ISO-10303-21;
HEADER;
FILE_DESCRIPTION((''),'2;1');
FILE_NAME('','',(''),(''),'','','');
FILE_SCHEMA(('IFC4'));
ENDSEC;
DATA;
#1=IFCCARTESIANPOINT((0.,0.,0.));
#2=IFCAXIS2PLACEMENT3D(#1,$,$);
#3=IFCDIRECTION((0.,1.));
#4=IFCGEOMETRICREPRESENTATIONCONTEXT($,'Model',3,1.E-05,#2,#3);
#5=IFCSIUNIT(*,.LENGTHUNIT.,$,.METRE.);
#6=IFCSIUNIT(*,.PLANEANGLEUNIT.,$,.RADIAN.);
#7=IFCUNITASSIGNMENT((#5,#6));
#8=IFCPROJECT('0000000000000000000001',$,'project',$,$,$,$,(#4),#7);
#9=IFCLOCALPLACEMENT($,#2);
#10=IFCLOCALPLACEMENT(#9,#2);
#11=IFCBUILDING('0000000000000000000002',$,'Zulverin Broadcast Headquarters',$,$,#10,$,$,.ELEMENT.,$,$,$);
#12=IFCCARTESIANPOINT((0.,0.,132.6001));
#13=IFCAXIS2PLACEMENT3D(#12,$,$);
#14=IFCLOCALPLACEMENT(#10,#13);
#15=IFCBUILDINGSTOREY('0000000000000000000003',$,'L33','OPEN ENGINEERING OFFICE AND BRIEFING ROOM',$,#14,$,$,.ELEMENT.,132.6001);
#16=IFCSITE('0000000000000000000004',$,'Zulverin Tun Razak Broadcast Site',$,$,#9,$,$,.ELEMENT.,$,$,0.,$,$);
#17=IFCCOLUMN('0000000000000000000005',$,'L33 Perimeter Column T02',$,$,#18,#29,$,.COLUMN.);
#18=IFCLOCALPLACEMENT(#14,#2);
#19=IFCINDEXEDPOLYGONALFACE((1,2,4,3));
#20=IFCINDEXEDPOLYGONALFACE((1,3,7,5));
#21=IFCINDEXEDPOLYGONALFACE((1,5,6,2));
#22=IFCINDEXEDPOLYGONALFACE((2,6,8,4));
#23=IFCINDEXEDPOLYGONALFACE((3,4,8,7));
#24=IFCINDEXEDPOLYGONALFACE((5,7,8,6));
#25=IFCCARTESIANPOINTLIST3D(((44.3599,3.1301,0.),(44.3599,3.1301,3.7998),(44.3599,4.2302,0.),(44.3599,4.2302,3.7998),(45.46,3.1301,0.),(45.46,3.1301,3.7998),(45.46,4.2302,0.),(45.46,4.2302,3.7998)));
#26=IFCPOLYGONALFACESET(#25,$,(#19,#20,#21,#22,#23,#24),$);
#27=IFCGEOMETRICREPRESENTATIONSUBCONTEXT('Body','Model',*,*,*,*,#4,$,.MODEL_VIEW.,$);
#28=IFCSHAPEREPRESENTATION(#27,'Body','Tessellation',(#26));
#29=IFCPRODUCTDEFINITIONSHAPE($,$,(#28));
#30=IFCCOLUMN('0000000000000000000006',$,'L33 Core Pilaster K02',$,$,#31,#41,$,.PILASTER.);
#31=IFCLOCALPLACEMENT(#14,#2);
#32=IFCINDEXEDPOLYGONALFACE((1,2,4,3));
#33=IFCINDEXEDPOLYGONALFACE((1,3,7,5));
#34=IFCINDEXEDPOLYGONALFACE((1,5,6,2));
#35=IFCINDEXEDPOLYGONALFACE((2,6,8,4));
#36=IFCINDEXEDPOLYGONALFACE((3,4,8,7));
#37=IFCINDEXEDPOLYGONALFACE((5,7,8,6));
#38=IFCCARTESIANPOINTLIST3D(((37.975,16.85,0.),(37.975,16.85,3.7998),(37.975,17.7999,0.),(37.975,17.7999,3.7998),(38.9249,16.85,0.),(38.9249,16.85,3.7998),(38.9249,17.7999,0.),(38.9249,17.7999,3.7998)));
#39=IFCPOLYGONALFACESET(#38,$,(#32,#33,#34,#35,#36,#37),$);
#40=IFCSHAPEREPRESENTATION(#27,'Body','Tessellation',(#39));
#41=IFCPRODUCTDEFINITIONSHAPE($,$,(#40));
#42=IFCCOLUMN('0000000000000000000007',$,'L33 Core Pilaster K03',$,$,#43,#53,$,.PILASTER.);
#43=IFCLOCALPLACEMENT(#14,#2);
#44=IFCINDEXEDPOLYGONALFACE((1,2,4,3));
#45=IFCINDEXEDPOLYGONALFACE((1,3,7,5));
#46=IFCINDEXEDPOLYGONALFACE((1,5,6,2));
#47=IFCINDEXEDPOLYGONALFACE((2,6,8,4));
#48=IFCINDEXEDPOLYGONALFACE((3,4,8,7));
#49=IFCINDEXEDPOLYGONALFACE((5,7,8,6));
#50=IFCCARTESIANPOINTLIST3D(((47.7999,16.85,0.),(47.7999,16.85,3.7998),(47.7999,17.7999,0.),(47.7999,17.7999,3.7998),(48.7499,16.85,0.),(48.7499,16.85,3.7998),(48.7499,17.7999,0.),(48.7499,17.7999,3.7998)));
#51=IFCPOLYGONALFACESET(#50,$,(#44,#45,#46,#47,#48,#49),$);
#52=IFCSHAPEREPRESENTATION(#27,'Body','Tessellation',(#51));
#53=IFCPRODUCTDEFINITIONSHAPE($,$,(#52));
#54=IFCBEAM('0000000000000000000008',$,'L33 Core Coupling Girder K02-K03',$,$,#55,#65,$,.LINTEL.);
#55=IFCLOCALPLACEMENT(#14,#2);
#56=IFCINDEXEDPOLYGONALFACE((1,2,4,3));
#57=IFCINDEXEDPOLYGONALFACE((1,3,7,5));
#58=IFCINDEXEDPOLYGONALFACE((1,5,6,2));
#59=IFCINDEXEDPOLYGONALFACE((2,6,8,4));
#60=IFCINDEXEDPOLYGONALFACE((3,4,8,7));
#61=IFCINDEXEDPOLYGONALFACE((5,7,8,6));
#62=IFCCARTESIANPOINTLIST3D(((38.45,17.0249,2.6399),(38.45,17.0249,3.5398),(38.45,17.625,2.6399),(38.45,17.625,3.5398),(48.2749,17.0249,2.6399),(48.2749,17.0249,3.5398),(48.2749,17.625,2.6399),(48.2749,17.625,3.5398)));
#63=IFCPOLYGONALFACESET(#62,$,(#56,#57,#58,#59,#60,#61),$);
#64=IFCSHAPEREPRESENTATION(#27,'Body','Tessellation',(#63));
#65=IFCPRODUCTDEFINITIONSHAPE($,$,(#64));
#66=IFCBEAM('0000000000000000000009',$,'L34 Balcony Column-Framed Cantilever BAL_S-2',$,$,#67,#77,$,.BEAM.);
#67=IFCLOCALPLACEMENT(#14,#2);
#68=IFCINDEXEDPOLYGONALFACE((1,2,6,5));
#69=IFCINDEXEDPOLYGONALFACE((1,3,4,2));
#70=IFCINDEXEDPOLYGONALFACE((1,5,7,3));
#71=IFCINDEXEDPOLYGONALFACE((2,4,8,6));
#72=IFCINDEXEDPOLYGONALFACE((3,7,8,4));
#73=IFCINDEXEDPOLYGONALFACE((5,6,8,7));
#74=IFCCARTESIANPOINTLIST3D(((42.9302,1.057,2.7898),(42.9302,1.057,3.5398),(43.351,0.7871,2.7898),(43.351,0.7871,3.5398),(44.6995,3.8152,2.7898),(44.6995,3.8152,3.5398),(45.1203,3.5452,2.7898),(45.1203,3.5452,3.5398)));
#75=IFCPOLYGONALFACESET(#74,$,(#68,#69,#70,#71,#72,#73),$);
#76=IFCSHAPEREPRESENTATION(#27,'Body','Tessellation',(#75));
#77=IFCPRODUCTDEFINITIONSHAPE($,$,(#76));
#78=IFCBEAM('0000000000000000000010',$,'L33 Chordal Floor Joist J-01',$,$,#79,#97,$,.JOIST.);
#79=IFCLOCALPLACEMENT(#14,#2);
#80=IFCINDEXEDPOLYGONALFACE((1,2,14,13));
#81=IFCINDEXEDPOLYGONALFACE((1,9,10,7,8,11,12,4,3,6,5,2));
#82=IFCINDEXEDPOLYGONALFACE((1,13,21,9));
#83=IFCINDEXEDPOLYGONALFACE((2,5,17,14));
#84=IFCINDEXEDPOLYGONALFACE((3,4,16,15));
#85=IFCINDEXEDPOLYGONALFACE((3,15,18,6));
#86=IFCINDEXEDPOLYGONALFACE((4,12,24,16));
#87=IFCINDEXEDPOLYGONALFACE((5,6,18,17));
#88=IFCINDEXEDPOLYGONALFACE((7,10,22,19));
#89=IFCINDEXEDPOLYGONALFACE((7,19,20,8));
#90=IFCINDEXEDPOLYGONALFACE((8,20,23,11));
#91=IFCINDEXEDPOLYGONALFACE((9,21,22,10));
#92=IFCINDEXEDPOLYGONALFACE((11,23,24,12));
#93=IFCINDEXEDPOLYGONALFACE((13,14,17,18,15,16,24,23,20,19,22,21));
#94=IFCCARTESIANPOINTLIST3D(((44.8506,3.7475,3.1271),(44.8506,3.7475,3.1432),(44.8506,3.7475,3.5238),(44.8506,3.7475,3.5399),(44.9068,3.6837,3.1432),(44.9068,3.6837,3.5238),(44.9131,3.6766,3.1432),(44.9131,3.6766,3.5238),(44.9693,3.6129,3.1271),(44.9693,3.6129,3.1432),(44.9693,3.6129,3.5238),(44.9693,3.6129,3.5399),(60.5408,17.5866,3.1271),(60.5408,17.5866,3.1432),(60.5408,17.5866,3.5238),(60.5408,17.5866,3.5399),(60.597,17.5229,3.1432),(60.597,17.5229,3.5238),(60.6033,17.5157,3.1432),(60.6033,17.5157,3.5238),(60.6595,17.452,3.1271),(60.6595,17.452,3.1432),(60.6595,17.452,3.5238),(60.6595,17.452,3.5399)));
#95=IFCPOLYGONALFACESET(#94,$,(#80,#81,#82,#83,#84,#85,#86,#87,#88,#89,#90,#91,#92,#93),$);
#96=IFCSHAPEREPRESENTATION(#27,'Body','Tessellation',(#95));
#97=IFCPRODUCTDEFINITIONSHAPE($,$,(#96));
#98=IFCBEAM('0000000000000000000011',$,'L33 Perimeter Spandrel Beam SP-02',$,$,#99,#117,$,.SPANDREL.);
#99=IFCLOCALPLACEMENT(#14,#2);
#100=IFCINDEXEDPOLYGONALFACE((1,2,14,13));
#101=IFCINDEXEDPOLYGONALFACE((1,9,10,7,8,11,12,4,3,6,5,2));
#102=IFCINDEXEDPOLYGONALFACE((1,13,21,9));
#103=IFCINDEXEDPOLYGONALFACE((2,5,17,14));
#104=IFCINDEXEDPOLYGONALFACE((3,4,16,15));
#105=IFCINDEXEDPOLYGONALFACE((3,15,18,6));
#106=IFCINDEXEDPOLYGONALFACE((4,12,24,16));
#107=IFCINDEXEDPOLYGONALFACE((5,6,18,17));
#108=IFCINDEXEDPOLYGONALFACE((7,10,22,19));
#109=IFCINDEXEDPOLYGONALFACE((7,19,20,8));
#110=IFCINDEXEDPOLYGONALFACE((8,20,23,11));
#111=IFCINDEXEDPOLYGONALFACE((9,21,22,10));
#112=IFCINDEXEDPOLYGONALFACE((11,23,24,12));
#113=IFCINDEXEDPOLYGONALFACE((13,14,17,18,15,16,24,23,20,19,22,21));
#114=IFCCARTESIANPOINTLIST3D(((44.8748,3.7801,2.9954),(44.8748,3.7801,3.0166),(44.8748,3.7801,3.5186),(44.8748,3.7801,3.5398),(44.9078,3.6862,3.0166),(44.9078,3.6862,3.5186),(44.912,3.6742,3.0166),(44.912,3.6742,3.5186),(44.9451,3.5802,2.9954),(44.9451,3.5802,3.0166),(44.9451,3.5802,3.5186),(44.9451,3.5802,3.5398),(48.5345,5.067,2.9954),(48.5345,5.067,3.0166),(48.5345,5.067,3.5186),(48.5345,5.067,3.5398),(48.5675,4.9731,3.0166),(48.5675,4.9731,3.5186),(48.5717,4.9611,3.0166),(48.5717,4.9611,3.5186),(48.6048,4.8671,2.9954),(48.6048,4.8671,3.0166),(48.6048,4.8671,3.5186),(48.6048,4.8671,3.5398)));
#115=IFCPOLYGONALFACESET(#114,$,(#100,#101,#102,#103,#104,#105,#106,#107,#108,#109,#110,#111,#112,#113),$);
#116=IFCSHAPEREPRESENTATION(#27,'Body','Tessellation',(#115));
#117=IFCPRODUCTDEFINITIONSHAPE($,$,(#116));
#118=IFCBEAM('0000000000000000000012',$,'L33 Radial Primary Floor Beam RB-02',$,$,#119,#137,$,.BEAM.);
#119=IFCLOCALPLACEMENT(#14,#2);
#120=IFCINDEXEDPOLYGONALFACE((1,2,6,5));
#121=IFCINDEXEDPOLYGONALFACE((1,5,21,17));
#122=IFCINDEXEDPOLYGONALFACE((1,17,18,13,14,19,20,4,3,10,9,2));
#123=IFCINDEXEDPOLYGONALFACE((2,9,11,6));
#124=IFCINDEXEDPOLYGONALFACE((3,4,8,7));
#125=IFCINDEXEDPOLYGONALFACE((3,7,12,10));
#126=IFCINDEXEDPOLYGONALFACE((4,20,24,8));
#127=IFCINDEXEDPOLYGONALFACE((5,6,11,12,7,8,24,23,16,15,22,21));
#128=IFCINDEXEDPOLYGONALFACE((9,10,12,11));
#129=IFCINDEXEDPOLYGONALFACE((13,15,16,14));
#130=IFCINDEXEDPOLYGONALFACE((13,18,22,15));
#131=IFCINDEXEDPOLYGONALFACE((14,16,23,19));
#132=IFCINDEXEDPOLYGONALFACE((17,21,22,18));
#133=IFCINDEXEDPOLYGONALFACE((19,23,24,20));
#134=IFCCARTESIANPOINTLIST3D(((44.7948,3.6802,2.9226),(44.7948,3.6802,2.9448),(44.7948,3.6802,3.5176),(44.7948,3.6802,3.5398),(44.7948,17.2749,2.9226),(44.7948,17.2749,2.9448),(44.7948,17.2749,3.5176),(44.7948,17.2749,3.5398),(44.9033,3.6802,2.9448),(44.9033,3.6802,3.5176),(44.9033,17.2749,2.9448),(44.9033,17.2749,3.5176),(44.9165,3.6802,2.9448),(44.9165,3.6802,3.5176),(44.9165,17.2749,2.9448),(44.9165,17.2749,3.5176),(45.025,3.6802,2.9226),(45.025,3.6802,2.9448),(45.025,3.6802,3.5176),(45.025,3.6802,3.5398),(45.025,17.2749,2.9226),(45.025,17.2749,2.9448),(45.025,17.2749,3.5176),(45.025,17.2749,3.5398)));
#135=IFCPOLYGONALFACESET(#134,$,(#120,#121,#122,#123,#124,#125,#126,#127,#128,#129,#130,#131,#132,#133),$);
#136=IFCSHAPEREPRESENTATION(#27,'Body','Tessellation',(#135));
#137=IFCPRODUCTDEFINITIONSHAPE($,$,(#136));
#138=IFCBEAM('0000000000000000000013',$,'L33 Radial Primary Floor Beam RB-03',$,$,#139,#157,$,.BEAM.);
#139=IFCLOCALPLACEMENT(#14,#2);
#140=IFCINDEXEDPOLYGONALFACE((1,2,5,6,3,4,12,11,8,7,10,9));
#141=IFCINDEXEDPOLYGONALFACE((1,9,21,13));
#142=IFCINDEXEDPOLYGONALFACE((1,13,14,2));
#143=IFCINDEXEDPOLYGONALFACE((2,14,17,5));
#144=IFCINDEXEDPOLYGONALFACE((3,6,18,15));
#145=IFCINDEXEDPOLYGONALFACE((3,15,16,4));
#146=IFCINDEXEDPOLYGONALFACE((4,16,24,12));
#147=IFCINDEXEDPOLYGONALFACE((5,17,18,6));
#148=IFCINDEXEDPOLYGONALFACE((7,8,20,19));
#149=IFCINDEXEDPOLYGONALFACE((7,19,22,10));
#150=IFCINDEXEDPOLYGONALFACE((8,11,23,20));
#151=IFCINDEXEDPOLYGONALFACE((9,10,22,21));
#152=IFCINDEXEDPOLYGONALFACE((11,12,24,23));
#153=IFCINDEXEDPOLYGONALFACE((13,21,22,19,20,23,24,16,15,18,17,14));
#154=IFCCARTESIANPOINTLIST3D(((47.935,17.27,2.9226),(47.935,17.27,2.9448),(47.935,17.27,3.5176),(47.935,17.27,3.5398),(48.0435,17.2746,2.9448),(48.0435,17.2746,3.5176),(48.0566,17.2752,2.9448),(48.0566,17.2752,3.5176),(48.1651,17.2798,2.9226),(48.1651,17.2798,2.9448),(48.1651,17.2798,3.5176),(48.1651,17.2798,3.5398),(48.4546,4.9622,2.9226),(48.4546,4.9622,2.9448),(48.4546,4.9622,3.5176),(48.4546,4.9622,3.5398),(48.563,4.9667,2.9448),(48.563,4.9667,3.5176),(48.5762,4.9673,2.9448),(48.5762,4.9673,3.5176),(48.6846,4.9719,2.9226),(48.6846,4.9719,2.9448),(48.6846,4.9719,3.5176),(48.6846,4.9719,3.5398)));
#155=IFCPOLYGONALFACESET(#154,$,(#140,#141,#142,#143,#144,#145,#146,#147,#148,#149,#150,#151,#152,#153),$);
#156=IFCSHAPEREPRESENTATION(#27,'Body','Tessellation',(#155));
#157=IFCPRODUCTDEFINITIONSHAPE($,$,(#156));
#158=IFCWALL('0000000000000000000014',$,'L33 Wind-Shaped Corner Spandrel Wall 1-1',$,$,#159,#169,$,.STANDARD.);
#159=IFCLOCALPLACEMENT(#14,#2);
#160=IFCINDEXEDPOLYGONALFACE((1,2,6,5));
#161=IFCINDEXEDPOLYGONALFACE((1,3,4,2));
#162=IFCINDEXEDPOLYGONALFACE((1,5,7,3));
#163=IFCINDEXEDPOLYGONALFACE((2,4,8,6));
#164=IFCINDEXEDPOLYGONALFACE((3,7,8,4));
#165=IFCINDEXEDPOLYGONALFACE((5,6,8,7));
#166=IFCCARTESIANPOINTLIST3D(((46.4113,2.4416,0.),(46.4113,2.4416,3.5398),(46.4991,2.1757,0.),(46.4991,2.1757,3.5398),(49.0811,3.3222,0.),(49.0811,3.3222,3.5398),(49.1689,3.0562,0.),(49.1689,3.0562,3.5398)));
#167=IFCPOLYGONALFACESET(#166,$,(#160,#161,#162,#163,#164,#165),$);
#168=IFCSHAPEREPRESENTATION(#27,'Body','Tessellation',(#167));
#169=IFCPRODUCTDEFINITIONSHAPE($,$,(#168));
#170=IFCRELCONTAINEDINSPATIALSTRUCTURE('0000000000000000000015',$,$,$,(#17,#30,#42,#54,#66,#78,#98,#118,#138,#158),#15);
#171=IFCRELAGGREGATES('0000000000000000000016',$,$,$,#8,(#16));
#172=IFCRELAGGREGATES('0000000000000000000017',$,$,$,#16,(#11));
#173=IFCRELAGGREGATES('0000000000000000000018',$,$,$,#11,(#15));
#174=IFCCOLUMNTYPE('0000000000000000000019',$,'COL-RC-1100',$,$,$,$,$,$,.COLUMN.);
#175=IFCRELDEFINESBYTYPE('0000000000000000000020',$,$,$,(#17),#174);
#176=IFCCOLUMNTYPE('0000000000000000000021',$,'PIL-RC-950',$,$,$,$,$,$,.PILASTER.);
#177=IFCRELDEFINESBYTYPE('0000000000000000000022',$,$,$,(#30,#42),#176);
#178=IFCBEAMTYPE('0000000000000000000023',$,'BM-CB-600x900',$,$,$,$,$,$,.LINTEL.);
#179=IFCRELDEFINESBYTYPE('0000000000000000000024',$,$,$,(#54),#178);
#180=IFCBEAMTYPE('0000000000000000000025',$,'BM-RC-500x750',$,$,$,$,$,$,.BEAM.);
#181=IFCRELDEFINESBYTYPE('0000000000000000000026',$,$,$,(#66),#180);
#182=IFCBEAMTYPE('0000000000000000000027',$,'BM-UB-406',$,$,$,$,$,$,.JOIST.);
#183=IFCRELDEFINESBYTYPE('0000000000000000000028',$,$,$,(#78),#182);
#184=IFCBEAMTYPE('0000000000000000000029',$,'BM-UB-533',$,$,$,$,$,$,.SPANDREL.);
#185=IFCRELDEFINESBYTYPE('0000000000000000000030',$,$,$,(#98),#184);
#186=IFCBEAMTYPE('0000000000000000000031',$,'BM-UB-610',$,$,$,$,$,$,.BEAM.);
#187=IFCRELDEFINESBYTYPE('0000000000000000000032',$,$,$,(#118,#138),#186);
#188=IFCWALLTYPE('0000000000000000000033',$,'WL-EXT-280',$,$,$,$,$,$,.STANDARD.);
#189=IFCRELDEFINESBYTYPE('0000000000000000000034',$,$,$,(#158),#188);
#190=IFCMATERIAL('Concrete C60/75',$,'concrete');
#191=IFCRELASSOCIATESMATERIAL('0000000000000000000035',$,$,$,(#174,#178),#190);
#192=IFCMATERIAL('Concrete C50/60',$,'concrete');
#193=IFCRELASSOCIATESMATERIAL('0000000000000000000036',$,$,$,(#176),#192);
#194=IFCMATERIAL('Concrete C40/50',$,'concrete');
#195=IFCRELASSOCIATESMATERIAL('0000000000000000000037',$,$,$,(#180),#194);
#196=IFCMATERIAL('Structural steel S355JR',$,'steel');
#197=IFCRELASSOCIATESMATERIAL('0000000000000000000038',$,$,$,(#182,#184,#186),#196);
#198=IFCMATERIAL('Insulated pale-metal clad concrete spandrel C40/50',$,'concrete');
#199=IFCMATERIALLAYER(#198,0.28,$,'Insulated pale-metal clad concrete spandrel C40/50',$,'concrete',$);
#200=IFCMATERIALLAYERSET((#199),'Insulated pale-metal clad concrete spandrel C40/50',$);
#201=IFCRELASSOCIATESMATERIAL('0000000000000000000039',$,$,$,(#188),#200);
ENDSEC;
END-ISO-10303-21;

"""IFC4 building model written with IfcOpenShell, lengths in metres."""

from ifc_helpers import new_model, si_unit, direction, frame, frame_2d, origin, origin_2d, place, context, subcontext, project, spatial, rectangle, i_section, extrude, material, layer, layer_set, material_profile, profile_set, type_object, element, save


model = new_model("IFC4")

# Units and contexts
model_context = context("Model", 3, precision=1e-05, world=origin(), true_north=direction((0.0, 1.0)))
body_context = subcontext(model_context, "Body", "Model", "MODEL_VIEW")
ifc_project = project(units=[si_unit("LENGTHUNIT", "METRE"), si_unit("PLANEANGLEUNIT", "RADIAN")], contexts=[model_context])

# Site, building, storey
site_placement = place(None, origin())
site = spatial("IfcSite", under=ifc_project, at=site_placement, Name="Zulverin Tun Razak Broadcast Site", CompositionType="ELEMENT", RefElevation=0.0)
building_placement = place(site_placement, origin())
building = spatial("IfcBuilding", under=site, at=building_placement, Name="Zulverin Broadcast Headquarters", CompositionType="ELEMENT")
storey_placement = place(building_placement, frame((0.0, 0.0, 132.6001)))
storey = spatial("IfcBuildingStorey", under=building, at=storey_placement, Name="L33", Description="OPEN ENGINEERING OFFICE AND BRIEFING ROOM", CompositionType="ELEMENT", Elevation=132.6001)

# Columns
ifc_material_1 = material(Name="Concrete C60/75", Category="concrete")
ifc_material_profile_1 = material_profile(ifc_material_1, rectangle(XDim=1.1001, YDim=1.1001, at=origin_2d()), Name="Concrete C60/75", Category="concrete")
ifc_profile_set_1 = profile_set([ifc_material_profile_1], Name="Concrete C60/75")
column_type_1 = type_object("IfcColumnType", Name="COL-RC-1100", PredefinedType="COLUMN", material=ifc_profile_set_1)
column_placement = place(storey_placement, frame((44.9099, 3.6802, 0.0), z_axis=(0.0, 0.0, 1.0), x_axis=(1.0, 0.0, 0.0)))
element("IfcColumn", 1, at=column_placement, inside=storey, type_object=column_type_1, Name="L33 Perimeter Column T02", PredefinedType="COLUMN", context=body_context, shape_type="SweptSolid", body=[
    extrude(rectangle(XDim=1.1001, YDim=1.1001, at=origin_2d()), origin(), (0.0, 0.0, 1.0), 3.7998),
])
ifc_material_2 = material(Name="Concrete C50/60", Category="concrete")
ifc_material_profile_2 = material_profile(ifc_material_2, rectangle(XDim=0.95, YDim=0.95, at=origin_2d()), Name="Concrete C50/60", Category="concrete")
ifc_profile_set_2 = profile_set([ifc_material_profile_2], Name="Concrete C50/60")
column_type_2 = type_object("IfcColumnType", Name="PIL-RC-950", PredefinedType="PILASTER", material=ifc_profile_set_2)
for number, where, z_axis, x_axis, name in (
    (2, (38.45, 17.325, 0.0), (0.0, 0.0, 1.0), (1.0, 0.0, 0.0), "L33 Core Pilaster K02"),
    (3, (48.2749, 17.325, 0.0), (0.0, 0.0, 1.0), (1.0, 0.0, 0.0), "L33 Core Pilaster K03"),
):
    element("IfcColumn", number, at=place(storey_placement, frame(where, z_axis=z_axis, x_axis=x_axis)), inside=storey, type_object=column_type_2, Name=name, PredefinedType="PILASTER", context=body_context, shape_type="SweptSolid", body=[
        extrude(rectangle(XDim=0.95, YDim=0.95, at=origin_2d()), origin(), (0.0, 0.0, 1.0), 3.7998),
    ])

# Beams
ifc_material_profile_3 = material_profile(ifc_material_1, rectangle(XDim=0.6001, YDim=0.8999, at=origin_2d()), Name="Concrete C60/75", Category="concrete")
ifc_profile_set_3 = profile_set([ifc_material_profile_3], Name="Concrete C60/75")
beam_type_1 = type_object("IfcBeamType", Name="BM-CB-600x900", PredefinedType="LINTEL", material=ifc_profile_set_3)
beam_1_placement = place(storey_placement, frame((38.45, 17.325, 3.0898), z_axis=(1.0, 0.0, 0.0), x_axis=(0.0, 1.0, 0.0)))
element("IfcBeam", 4, at=beam_1_placement, inside=storey, type_object=beam_type_1, Name="L33 Core Coupling Girder K02-K03", PredefinedType="LINTEL", context=body_context, shape_type="SweptSolid", body=[
    extrude(rectangle(XDim=0.6001, YDim=0.8999, at=origin_2d()), origin(), (0.0, 0.0, 1.0), 9.825),
])
ifc_material_3 = material(Name="Concrete C40/50", Category="concrete")
ifc_material_profile_4 = material_profile(ifc_material_3, rectangle(XDim=0.5, YDim=0.75, at=origin_2d()), Name="Concrete C40/50", Category="concrete")
ifc_profile_set_4 = profile_set([ifc_material_profile_4], Name="Concrete C40/50")
beam_type_2 = type_object("IfcBeamType", Name="BM-RC-500x750", PredefinedType="BEAM", material=ifc_profile_set_4)
beam_2_placement = place(storey_placement, frame((44.9099, 3.6802, 3.1648), z_axis=(-0.539948, -0.841699, 0.0), x_axis=(0.841699, -0.539948, 0.0)))
element("IfcBeam", 5, at=beam_2_placement, inside=storey, type_object=beam_type_2, Name="L34 Balcony Column-Framed Cantilever BAL_S-2", PredefinedType="BEAM", context=body_context, shape_type="SweptSolid", body=[
    extrude(rectangle(XDim=0.5, YDim=0.75, at=origin_2d()), origin(), (0.0, 0.0, 1.0), 3.2769),
])
ifc_material_4 = material(Name="Structural steel S355JR", Category="steel")
ifc_material_profile_5 = material_profile(ifc_material_4, i_section(OverallWidth=0.1794, OverallDepth=0.4128, WebThickness=0.0095, FlangeThickness=0.0161, at=origin_2d()), Name="Structural steel S355JR", Category="steel")
ifc_profile_set_5 = profile_set([ifc_material_profile_5], Name="Structural steel S355JR")
beam_type_3 = type_object("IfcBeamType", Name="BM-UB-406", PredefinedType="JOIST", material=ifc_profile_set_5)
beam_3_placement = place(storey_placement, frame((44.9099, 3.6802, 3.3335), z_axis=(0.74996, 0.661483, 0.0), x_axis=(-0.661483, 0.74996, 0.0)))
element("IfcBeam", 6, at=beam_3_placement, inside=storey, type_object=beam_type_3, Name="L33 Chordal Floor Joist J-01", PredefinedType="JOIST", context=body_context, shape_type="SweptSolid", body=[
    extrude(i_section(OverallWidth=0.1794, OverallDepth=0.4128, WebThickness=0.0095, FlangeThickness=0.0161, at=origin_2d()), origin(), (0.0, 0.0, 1.0), 20.9214),
])
ifc_material_profile_6 = material_profile(ifc_material_4, i_section(OverallWidth=0.2119, OverallDepth=0.5444, WebThickness=0.0127, FlangeThickness=0.0212, at=origin_2d()), Name="Structural steel S355JR", Category="steel")
ifc_profile_set_6 = profile_set([ifc_material_profile_6], Name="Structural steel S355JR")
beam_type_4 = type_object("IfcBeamType", Name="BM-UB-533", PredefinedType="SPANDREL", material=ifc_profile_set_6)
beam_4_placement = place(storey_placement, frame((44.9099, 3.6802, 3.2676), z_axis=(0.943377, 0.331724, 0.0), x_axis=(-0.331724, 0.943377, 0.0)))
element("IfcBeam", 7, at=beam_4_placement, inside=storey, type_object=beam_type_4, Name="L33 Perimeter Spandrel Beam SP-02", PredefinedType="SPANDREL", context=body_context, shape_type="SweptSolid", body=[
    extrude(i_section(OverallWidth=0.2119, OverallDepth=0.5444, WebThickness=0.0127, FlangeThickness=0.0212, at=origin_2d()), origin(), (0.0, 0.0, 1.0), 3.8794),
])
ifc_material_profile_7 = material_profile(ifc_material_4, i_section(OverallWidth=0.2302, OverallDepth=0.6172, WebThickness=0.0132, FlangeThickness=0.0222, at=origin_2d()), Name="Structural steel S355JR", Category="steel")
ifc_profile_set_7 = profile_set([ifc_material_profile_7], Name="Structural steel S355JR")
beam_type_5 = type_object("IfcBeamType", Name="BM-UB-610", PredefinedType="BEAM", material=ifc_profile_set_7)
beam_5_placement = place(storey_placement, frame((44.9099, 17.2749, 3.2312), z_axis=(0.0, -1.0, 0.0), x_axis=(1.0, 0.0, 0.0)))
element("IfcBeam", 8, at=beam_5_placement, inside=storey, type_object=beam_type_5, Name="L33 Radial Primary Floor Beam RB-02", PredefinedType="BEAM", context=body_context, shape_type="SweptSolid", body=[
    extrude(i_section(OverallWidth=0.2302, OverallDepth=0.6172, WebThickness=0.0132, FlangeThickness=0.0222, at=origin_2d()), origin(), (0.0, 0.0, 1.0), 13.5947),
])
beam_6_placement = place(storey_placement, frame((48.05, 17.2749, 3.2312), z_axis=(0.042174, -0.99911, 0.0), x_axis=(0.99911, 0.042174, 0.0)))
element("IfcBeam", 9, at=beam_6_placement, inside=storey, type_object=beam_type_5, Name="L33 Radial Primary Floor Beam RB-03", PredefinedType="BEAM", context=body_context, shape_type="SweptSolid", body=[
    extrude(i_section(OverallWidth=0.2302, OverallDepth=0.6172, WebThickness=0.0132, FlangeThickness=0.0222, at=origin_2d()), origin(), (0.0, 0.0, 1.0), 12.3188),
])

# Wall
ifc_material_5 = material(Name="Insulated pale-metal clad concrete spandrel C40/50", Category="concrete")
ifc_layer_1 = layer(ifc_material_5, 0.28, Name="Insulated pale-metal clad concrete spandrel C40/50", Category="concrete")
ifc_layer_set_1 = layer_set([ifc_layer_1], Name="Insulated pale-metal clad concrete spandrel C40/50")
wall_type_1 = type_object("IfcWallType", Name="WL-EXT-280", PredefinedType="STANDARD", material=ifc_layer_set_1)
wall_1_placement = place(storey_placement, frame((46.4551, 2.3086, 0.0), z_axis=(0.0, 0.0, 1.0), x_axis=(0.949677, 0.31323, 0.0)))
element("IfcWall", 10, at=wall_1_placement, inside=storey, type_object=wall_type_1, Name="L33 Wind-Shaped Corner Spandrel Wall 1-1", PredefinedType="STANDARD", context=body_context, shape_type="SweptSolid", body=[
    extrude(rectangle(XDim=2.8113, YDim=0.28, at=frame_2d((1.4058, 0.0))), origin(), (0.0, 0.0, 1.0), 3.5398),
])

save(model, "model.ifc")
